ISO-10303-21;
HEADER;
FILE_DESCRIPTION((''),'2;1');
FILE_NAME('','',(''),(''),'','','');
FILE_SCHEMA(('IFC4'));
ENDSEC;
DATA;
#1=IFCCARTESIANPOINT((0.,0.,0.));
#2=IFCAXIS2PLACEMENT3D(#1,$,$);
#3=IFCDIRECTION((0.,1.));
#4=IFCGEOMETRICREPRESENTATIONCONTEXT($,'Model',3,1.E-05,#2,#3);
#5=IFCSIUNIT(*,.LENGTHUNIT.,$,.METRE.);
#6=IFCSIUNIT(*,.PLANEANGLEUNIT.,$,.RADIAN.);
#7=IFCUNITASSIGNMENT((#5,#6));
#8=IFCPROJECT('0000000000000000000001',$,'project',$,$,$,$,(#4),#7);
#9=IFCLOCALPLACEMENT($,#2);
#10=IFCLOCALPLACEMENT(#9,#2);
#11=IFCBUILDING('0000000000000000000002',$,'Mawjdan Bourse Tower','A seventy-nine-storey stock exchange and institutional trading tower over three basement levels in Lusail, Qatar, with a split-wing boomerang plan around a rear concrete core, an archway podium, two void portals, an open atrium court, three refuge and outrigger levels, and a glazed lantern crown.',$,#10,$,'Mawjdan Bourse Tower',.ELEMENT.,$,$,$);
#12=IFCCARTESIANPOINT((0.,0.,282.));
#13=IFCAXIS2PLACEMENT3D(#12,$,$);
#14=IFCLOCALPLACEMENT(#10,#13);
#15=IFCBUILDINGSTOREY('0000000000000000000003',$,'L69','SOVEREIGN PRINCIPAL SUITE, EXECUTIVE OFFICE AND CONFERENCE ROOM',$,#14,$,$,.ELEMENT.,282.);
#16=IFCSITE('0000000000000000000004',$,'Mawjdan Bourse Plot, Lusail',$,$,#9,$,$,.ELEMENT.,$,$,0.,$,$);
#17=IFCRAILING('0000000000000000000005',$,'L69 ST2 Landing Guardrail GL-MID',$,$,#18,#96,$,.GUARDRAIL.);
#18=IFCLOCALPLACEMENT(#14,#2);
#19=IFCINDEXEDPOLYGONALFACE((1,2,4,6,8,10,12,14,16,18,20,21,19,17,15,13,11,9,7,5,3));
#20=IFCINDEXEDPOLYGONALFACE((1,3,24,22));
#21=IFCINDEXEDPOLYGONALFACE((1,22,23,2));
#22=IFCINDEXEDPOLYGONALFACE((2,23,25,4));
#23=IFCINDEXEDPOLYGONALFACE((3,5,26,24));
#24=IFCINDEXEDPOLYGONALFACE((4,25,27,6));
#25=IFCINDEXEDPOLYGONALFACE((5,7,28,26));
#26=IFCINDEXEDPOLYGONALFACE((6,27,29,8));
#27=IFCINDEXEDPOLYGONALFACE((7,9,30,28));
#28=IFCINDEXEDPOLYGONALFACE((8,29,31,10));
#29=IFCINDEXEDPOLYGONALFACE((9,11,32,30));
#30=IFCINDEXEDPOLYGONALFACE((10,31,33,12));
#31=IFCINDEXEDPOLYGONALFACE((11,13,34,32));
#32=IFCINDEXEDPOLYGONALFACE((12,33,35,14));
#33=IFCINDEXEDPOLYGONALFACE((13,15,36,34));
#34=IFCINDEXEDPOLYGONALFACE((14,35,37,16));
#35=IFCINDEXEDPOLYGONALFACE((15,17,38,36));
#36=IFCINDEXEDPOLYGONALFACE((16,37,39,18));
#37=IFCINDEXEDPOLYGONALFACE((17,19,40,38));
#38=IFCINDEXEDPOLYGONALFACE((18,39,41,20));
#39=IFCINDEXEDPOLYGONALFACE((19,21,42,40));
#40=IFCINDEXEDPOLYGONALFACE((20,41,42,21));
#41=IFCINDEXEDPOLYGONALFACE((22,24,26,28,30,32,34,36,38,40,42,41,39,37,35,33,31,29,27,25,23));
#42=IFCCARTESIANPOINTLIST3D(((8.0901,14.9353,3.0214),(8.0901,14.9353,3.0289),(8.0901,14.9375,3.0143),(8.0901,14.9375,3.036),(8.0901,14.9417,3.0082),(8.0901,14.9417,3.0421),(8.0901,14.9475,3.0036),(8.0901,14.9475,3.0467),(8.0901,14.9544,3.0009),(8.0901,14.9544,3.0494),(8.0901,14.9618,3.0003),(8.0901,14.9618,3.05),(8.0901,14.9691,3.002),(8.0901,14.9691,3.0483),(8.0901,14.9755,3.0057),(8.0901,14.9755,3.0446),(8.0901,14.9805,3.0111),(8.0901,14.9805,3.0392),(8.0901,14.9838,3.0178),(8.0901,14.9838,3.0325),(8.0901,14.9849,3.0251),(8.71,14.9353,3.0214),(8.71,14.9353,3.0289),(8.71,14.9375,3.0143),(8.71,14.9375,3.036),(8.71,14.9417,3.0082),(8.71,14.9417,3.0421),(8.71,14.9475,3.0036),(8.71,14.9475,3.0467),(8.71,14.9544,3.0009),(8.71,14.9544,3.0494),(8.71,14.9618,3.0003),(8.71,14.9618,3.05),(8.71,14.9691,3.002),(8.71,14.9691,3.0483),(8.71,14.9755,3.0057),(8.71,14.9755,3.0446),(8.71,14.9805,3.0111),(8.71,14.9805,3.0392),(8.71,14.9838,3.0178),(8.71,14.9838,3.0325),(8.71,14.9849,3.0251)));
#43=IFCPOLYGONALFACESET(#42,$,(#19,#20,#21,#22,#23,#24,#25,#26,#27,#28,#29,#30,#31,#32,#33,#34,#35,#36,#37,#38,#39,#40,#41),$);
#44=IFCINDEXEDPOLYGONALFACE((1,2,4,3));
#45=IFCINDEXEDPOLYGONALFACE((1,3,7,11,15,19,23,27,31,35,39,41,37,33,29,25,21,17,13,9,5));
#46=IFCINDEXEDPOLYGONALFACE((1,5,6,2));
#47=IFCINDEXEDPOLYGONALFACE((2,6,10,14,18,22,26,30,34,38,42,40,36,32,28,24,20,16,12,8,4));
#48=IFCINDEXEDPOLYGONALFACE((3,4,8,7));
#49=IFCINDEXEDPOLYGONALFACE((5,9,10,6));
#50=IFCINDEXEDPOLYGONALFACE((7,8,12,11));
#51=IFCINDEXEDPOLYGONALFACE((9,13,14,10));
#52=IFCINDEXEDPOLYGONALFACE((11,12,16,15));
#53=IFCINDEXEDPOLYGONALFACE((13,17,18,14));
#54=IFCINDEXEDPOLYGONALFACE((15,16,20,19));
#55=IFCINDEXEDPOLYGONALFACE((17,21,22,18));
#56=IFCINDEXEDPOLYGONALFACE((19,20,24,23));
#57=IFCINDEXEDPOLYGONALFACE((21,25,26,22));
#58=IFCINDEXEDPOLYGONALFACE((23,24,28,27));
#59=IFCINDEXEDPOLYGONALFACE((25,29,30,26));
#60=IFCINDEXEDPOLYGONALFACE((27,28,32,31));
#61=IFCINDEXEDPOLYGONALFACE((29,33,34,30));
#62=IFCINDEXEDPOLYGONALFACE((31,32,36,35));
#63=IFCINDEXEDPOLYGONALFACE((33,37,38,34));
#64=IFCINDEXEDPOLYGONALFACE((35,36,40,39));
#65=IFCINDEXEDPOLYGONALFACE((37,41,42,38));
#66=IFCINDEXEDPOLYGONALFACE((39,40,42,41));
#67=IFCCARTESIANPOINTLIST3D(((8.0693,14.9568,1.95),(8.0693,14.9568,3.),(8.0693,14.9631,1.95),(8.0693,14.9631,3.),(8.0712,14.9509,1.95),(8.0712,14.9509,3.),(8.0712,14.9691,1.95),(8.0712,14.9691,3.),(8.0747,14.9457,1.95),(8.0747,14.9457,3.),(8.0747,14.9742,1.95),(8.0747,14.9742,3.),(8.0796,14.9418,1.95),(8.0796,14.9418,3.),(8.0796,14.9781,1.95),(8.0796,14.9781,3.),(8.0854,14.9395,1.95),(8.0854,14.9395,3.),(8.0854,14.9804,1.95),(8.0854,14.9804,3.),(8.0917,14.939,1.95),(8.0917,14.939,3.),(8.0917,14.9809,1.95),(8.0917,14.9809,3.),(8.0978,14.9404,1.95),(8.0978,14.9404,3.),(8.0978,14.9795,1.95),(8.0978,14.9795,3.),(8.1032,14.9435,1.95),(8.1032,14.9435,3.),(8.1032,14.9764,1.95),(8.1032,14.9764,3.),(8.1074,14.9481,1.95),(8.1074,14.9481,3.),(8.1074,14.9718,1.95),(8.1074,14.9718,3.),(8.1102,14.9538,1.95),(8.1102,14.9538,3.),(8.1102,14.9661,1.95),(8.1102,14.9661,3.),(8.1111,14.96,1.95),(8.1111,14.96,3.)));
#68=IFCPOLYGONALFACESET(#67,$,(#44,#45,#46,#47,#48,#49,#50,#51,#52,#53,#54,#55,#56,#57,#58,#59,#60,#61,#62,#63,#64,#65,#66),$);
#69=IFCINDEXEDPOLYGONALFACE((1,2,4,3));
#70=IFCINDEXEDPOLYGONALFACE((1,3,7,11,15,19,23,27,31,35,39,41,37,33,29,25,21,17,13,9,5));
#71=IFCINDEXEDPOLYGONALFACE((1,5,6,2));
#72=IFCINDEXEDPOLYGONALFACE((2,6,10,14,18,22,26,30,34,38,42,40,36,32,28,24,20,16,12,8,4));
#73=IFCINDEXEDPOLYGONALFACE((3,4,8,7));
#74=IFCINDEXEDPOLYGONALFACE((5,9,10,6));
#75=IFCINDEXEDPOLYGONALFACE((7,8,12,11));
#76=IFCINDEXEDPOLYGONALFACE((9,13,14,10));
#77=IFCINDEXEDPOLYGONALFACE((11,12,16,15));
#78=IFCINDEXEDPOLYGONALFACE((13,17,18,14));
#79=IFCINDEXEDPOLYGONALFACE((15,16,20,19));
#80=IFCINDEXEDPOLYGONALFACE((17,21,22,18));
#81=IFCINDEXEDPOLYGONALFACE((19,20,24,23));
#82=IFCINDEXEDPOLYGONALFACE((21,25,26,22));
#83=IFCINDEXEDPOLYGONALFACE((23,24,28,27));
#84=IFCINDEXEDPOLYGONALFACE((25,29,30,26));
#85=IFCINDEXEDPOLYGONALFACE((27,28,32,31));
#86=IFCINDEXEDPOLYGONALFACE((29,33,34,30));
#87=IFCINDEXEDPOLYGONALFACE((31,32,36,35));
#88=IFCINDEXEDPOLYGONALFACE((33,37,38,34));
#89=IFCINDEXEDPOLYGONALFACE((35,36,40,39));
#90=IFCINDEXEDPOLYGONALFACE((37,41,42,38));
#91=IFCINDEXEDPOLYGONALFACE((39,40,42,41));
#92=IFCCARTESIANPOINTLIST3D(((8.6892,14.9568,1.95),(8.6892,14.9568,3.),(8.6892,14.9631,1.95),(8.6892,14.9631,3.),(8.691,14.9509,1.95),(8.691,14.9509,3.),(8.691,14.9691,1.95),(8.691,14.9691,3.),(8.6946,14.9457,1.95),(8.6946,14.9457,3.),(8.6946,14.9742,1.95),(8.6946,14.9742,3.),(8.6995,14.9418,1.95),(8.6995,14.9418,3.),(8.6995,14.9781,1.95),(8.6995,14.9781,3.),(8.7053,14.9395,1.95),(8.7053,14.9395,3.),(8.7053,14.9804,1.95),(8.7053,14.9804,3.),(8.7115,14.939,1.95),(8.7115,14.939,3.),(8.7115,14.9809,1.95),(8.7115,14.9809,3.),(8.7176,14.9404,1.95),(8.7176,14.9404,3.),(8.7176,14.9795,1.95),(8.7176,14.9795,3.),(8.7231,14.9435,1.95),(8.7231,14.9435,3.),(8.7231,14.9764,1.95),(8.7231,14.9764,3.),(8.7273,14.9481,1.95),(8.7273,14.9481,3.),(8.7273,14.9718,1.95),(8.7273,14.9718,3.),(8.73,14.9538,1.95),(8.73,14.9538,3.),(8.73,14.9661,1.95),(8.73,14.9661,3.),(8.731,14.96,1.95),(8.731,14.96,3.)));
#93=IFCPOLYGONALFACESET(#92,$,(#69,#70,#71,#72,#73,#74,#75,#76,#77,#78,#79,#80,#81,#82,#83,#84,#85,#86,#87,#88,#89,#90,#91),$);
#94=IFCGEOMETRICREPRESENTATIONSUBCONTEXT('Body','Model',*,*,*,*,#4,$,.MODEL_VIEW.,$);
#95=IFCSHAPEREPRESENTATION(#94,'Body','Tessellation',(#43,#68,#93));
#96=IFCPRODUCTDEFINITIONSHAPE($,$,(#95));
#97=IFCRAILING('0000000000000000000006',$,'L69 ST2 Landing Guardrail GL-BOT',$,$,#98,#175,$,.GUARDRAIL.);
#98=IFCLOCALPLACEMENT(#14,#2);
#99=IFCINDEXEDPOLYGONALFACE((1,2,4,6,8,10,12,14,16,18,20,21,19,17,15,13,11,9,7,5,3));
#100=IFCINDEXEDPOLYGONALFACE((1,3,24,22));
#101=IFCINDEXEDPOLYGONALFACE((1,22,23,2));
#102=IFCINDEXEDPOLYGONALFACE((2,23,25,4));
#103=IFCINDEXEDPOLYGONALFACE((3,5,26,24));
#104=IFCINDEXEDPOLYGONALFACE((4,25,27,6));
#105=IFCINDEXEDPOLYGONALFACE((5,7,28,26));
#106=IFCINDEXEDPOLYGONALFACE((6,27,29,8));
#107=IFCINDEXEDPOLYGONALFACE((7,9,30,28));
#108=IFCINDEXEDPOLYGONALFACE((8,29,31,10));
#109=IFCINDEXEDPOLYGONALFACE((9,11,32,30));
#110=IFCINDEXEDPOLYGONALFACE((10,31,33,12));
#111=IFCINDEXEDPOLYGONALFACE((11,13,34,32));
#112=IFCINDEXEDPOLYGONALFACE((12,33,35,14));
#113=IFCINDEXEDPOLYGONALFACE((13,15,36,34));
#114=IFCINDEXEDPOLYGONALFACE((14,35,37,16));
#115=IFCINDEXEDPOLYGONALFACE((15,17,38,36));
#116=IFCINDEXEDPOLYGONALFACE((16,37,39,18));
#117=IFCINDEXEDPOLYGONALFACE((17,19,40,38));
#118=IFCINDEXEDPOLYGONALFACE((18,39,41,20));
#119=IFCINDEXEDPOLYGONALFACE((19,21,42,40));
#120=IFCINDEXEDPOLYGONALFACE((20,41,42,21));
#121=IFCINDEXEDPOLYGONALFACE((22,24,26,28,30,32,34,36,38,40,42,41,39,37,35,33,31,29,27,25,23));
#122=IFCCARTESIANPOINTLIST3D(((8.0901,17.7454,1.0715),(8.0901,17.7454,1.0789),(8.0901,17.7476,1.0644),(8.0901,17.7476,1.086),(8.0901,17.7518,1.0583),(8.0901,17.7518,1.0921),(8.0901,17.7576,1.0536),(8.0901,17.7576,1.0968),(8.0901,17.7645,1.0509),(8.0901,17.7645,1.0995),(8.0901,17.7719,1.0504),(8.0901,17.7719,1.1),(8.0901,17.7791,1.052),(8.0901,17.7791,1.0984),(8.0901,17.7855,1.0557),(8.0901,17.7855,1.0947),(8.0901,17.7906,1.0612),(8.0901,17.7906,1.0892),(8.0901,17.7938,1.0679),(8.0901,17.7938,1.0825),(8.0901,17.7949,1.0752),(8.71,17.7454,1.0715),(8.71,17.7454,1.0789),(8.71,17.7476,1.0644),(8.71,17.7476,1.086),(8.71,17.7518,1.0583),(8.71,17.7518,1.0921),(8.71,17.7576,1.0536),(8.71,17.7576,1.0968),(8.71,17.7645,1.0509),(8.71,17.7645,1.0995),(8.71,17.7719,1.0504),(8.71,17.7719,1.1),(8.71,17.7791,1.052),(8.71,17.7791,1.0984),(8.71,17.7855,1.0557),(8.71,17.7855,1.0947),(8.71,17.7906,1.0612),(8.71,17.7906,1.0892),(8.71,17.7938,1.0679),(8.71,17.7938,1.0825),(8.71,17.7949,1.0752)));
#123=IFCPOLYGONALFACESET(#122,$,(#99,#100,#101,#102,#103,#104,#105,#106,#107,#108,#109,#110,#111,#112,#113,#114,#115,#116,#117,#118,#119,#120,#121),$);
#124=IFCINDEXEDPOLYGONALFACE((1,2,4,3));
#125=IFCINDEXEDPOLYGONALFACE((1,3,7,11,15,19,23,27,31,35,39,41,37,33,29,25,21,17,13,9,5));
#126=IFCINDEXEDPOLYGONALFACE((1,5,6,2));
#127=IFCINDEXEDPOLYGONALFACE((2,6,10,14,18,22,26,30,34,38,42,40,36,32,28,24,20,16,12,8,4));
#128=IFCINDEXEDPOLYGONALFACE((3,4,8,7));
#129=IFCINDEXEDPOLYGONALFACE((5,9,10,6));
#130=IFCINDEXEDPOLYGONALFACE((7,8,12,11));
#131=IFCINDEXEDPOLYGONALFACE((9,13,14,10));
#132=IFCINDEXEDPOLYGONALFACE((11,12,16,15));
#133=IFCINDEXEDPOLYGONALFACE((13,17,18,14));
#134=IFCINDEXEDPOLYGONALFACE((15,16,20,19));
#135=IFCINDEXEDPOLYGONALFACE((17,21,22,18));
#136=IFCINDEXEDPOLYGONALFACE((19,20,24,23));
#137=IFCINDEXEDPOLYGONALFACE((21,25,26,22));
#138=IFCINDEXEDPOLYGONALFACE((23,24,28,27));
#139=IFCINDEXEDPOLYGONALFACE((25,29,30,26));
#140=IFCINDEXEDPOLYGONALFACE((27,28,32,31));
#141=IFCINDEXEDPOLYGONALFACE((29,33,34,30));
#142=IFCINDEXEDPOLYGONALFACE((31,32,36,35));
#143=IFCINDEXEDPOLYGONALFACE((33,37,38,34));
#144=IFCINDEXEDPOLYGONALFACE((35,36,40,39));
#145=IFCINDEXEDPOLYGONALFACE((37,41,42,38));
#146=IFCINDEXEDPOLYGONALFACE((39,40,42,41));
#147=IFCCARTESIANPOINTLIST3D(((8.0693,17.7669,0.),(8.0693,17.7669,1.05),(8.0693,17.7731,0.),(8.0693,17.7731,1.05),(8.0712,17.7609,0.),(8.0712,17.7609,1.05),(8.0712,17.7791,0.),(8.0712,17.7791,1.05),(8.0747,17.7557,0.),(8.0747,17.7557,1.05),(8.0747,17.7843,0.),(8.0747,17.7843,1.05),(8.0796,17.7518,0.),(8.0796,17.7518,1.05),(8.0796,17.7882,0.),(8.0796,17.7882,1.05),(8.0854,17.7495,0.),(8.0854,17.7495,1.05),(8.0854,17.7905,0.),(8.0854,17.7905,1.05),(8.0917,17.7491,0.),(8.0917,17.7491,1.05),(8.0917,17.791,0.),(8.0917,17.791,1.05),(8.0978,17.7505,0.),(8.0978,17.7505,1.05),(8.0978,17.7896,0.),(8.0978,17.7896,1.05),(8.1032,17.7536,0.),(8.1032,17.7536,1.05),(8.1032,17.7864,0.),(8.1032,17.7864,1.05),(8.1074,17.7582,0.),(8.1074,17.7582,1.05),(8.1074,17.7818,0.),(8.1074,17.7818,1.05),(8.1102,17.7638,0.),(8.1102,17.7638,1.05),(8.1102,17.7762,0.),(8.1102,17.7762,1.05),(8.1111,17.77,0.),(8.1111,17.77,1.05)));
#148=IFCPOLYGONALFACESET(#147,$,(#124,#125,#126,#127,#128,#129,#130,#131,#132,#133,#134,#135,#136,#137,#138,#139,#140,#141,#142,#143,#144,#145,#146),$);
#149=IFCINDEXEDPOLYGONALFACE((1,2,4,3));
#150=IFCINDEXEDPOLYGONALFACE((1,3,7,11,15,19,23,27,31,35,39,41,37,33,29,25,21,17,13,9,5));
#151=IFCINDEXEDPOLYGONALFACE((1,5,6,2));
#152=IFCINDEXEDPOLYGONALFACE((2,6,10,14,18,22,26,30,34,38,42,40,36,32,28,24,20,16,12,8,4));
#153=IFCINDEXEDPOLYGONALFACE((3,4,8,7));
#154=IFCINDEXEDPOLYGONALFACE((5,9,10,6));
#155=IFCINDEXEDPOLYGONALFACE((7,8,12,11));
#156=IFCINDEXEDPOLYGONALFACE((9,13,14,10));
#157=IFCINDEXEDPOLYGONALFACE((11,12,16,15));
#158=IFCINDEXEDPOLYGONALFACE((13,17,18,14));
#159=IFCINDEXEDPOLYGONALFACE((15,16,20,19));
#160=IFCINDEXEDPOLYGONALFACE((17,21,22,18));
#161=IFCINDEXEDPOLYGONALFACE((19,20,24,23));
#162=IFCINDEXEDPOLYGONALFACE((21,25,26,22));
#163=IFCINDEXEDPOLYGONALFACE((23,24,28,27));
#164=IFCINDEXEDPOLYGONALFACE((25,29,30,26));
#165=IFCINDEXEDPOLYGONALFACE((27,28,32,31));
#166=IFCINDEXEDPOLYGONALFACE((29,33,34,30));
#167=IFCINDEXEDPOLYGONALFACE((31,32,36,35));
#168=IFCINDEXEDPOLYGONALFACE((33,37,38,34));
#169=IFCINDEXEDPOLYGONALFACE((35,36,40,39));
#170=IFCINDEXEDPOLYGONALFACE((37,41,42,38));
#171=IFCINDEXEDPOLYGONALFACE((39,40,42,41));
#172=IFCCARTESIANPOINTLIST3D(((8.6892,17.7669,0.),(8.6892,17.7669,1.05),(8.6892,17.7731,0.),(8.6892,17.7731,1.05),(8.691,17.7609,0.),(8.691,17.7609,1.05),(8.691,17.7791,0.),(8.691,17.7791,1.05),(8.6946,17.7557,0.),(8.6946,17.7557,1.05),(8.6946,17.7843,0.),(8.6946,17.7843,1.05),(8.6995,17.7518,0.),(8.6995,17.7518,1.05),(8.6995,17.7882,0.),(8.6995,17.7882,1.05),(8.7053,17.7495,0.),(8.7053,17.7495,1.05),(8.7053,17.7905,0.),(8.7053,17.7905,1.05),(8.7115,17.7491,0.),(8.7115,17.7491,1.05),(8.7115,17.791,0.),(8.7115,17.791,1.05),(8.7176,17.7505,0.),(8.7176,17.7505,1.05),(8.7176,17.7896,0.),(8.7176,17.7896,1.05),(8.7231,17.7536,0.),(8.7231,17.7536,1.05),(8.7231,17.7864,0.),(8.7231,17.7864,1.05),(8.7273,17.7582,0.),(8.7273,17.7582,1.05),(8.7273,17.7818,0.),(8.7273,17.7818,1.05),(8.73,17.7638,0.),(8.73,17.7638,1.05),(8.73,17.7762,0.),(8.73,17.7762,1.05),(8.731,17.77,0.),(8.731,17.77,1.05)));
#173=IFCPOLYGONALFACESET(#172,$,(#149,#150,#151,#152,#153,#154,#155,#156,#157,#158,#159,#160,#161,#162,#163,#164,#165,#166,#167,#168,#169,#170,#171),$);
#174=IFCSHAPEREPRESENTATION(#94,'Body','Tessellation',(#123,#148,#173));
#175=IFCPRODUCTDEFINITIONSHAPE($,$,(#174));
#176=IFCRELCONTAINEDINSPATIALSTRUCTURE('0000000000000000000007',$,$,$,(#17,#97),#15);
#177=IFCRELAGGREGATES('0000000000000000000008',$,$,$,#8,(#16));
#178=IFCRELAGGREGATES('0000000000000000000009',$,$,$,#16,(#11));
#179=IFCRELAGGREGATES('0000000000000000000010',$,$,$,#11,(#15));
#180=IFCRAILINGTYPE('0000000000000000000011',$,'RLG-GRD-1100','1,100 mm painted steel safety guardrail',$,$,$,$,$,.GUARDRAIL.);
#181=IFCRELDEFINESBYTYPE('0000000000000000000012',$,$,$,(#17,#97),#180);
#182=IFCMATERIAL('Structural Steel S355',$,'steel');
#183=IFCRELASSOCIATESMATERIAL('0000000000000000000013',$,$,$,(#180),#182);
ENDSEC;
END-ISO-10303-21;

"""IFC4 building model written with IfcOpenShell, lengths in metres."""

from ifc_helpers import new_model, si_unit, direction, frame, origin, origin_2d, place, context, subcontext, project, spatial, circle, extrude, material, type_object, element, save


model = new_model("IFC4")

# Units and contexts
model_context = context("Model", 3, precision=1e-05, world=origin(), true_north=direction((0.0, 1.0)))
body_context = subcontext(model_context, "Body", "Model", "MODEL_VIEW")
ifc_project = project(units=[si_unit("LENGTHUNIT", "METRE"), si_unit("PLANEANGLEUNIT", "RADIAN")], contexts=[model_context])

# Site, building, storey
site_placement = place(None, origin())
site = spatial("IfcSite", under=ifc_project, at=site_placement, Name="Mawjdan Bourse Plot, Lusail", CompositionType="ELEMENT", RefElevation=0.0)
building_placement = place(site_placement, origin())
building = spatial("IfcBuilding", under=site, at=building_placement, Name="Mawjdan Bourse Tower", Description="A seventy-nine-storey stock exchange and institutional trading tower over three basement levels in Lusail, Qatar, with a split-wing boomerang plan around a rear concrete core, an archway podium, two void portals, an open atrium court, three refuge and outrigger levels, and a glazed lantern crown.", LongName="Mawjdan Bourse Tower", CompositionType="ELEMENT")
storey_placement = place(building_placement, frame((0.0, 0.0, 282.0)))
storey = spatial("IfcBuildingStorey", under=building, at=storey_placement, Name="L69", Description="SOVEREIGN PRINCIPAL SUITE, EXECUTIVE OFFICE AND CONFERENCE ROOM", CompositionType="ELEMENT", Elevation=282.0)

# Railings
ifc_material_1 = material(Name="Structural Steel S355", Category="steel")
railing_type_1 = type_object("IfcRailingType", Name="RLG-GRD-1100", Description="1,100 mm painted steel safety guardrail", PredefinedType="GUARDRAIL", material=ifc_material_1)
for number, where, name in (
    (1, (8.0901, 14.96, 1.95), "L69 ST2 Landing Guardrail GL-MID"),
    (2, (8.0901, 17.77, 0.0), "L69 ST2 Landing Guardrail GL-BOT"),
):
    element("IfcRailing", number, at=place(storey_placement, frame(where)), inside=storey, type_object=railing_type_1, Name=name, PredefinedType="GUARDRAIL", context=body_context, shape_type="SweptSolid", body=[
        extrude(circle(Radius=0.0249, at=origin_2d()), frame((0.0, 0.0, 1.0752), z_axis=(1.0, 0.0, 0.0), x_axis=(0.0, 1.0, 0.0)), (0.0, 0.0, 1.0), 0.6199),
        extrude(circle(Radius=0.021, at=origin_2d()), origin(), (0.0, 0.0, 1.0), 1.05),
        extrude(circle(Radius=0.021, at=origin_2d()), frame((0.6199, 0.0, 0.0)), (0.0, 0.0, 1.0), 1.05),
    ])

save(model, "model.ifc")
